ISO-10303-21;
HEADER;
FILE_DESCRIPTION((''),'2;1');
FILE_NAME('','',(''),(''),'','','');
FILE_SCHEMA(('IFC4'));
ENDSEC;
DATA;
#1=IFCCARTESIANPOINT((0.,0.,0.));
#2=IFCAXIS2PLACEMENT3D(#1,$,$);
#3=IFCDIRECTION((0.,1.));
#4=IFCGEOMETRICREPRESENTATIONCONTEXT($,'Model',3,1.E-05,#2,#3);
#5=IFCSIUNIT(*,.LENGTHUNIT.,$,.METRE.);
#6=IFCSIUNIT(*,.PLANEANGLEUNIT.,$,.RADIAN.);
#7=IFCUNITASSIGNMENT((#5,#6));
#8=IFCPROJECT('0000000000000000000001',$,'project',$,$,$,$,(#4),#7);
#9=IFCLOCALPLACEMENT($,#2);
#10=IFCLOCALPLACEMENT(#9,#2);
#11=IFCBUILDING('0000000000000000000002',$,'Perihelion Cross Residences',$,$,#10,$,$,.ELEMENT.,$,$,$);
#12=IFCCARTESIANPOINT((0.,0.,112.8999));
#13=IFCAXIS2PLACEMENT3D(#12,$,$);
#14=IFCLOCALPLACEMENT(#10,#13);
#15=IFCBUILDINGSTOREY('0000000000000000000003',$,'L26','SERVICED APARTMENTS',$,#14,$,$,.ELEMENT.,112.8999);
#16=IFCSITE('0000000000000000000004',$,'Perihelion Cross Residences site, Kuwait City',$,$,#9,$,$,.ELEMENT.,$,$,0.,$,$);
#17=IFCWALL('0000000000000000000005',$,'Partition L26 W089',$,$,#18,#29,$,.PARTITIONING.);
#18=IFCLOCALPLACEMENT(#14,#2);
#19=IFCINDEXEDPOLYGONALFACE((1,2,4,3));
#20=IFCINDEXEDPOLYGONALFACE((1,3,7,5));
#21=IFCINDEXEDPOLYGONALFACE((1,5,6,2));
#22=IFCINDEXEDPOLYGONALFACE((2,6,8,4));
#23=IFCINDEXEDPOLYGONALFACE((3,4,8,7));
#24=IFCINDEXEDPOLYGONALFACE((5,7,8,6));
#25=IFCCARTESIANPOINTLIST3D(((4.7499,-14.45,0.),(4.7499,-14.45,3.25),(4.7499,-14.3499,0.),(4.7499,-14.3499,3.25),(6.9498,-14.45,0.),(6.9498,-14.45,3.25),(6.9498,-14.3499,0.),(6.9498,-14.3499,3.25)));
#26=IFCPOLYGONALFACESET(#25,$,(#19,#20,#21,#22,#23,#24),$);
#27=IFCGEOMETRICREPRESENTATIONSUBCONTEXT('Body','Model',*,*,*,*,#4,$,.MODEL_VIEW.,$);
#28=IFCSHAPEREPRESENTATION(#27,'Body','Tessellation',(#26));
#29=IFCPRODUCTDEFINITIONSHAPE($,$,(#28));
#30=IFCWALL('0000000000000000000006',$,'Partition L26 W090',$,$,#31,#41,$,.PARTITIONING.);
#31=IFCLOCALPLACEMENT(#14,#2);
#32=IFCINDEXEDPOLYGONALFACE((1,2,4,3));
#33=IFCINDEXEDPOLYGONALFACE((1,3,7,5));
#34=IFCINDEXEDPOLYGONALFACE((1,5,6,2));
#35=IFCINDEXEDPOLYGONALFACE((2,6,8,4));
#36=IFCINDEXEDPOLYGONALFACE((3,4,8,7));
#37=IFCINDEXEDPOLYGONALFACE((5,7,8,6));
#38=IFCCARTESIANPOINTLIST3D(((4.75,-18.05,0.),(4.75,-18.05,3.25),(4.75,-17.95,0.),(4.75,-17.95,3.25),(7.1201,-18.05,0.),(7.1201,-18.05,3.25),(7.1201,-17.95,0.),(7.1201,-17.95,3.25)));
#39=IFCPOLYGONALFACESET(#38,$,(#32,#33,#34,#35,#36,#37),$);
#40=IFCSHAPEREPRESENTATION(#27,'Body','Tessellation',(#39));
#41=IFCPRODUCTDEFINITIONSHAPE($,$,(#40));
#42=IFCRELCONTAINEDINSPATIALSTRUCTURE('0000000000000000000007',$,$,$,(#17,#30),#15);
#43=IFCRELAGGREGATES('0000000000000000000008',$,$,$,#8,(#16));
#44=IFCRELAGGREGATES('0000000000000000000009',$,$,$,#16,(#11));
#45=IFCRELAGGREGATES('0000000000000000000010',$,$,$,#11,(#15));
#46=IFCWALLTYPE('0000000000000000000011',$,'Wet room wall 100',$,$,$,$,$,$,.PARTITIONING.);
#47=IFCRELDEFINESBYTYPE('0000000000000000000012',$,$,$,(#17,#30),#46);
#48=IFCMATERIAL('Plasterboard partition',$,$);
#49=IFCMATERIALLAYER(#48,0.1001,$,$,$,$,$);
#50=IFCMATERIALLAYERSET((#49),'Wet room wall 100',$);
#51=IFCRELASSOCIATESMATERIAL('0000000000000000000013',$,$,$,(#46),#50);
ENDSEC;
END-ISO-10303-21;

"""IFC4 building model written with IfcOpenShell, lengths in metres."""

from ifc_helpers import new_model, si_unit, direction, frame, frame_2d, origin, place, context, subcontext, project, spatial, rectangle, extrude, material, layer, layer_set, type_object, element, save


model = new_model("IFC4")

# Units and contexts
model_context = context("Model", 3, precision=1e-05, world=origin(), true_north=direction((0.0, 1.0)))
body_context = subcontext(model_context, "Body", "Model", "MODEL_VIEW")
ifc_project = project(units=[si_unit("LENGTHUNIT", "METRE"), si_unit("PLANEANGLEUNIT", "RADIAN")], contexts=[model_context])

# Site, building, storey
site_placement = place(None, origin())
site = spatial("IfcSite", under=ifc_project, at=site_placement, Name="Perihelion Cross Residences site, Kuwait City", CompositionType="ELEMENT", RefElevation=0.0)
building_placement = place(site_placement, origin())
building = spatial("IfcBuilding", under=site, at=building_placement, Name="Perihelion Cross Residences", CompositionType="ELEMENT")
storey_placement = place(building_placement, frame((0.0, 0.0, 112.8999)))
storey = spatial("IfcBuildingStorey", under=building, at=storey_placement, Name="L26", Description="SERVICED APARTMENTS", CompositionType="ELEMENT", Elevation=112.8999)

# Shared definitions
ifc_material_1 = material(Name="Plasterboard partition")
ifc_layer_1 = layer(ifc_material_1, 0.1001)
ifc_layer_set_1 = layer_set([ifc_layer_1], Name="Wet room wall 100")
wall_type_1 = type_object("IfcWallType", Name="Wet room wall 100", PredefinedType="PARTITIONING", material=ifc_layer_set_1)

# Walls
wall_1_placement = place(storey_placement, frame((6.95, -14.3999, 0.0), z_axis=(0.0, 0.0, 1.0), x_axis=(-1.0, 0.0, 0.0)))
element("IfcWall", 1, at=wall_1_placement, inside=storey, type_object=wall_type_1, Name="Partition L26 W089", PredefinedType="PARTITIONING", context=body_context, shape_type="SweptSolid", body=[
    extrude(rectangle(XDim=2.2, YDim=0.1001, at=frame_2d((1.1001, 0.0))), origin(), (0.0, 0.0, 1.0), 3.25),
])
wall_2_placement = place(storey_placement, frame((7.1201, -18.0, 0.0), z_axis=(0.0, 0.0, 1.0), x_axis=(-1.0, 0.0, 0.0)))
element("IfcWall", 2, at=wall_2_placement, inside=storey, type_object=wall_type_1, Name="Partition L26 W090", PredefinedType="PARTITIONING", context=body_context, shape_type="SweptSolid", body=[
    extrude(rectangle(XDim=2.3701, YDim=0.1001, at=frame_2d((1.1851, 0.0))), origin(), (0.0, 0.0, 1.0), 3.25),
])

save(model, "model.ifc")
